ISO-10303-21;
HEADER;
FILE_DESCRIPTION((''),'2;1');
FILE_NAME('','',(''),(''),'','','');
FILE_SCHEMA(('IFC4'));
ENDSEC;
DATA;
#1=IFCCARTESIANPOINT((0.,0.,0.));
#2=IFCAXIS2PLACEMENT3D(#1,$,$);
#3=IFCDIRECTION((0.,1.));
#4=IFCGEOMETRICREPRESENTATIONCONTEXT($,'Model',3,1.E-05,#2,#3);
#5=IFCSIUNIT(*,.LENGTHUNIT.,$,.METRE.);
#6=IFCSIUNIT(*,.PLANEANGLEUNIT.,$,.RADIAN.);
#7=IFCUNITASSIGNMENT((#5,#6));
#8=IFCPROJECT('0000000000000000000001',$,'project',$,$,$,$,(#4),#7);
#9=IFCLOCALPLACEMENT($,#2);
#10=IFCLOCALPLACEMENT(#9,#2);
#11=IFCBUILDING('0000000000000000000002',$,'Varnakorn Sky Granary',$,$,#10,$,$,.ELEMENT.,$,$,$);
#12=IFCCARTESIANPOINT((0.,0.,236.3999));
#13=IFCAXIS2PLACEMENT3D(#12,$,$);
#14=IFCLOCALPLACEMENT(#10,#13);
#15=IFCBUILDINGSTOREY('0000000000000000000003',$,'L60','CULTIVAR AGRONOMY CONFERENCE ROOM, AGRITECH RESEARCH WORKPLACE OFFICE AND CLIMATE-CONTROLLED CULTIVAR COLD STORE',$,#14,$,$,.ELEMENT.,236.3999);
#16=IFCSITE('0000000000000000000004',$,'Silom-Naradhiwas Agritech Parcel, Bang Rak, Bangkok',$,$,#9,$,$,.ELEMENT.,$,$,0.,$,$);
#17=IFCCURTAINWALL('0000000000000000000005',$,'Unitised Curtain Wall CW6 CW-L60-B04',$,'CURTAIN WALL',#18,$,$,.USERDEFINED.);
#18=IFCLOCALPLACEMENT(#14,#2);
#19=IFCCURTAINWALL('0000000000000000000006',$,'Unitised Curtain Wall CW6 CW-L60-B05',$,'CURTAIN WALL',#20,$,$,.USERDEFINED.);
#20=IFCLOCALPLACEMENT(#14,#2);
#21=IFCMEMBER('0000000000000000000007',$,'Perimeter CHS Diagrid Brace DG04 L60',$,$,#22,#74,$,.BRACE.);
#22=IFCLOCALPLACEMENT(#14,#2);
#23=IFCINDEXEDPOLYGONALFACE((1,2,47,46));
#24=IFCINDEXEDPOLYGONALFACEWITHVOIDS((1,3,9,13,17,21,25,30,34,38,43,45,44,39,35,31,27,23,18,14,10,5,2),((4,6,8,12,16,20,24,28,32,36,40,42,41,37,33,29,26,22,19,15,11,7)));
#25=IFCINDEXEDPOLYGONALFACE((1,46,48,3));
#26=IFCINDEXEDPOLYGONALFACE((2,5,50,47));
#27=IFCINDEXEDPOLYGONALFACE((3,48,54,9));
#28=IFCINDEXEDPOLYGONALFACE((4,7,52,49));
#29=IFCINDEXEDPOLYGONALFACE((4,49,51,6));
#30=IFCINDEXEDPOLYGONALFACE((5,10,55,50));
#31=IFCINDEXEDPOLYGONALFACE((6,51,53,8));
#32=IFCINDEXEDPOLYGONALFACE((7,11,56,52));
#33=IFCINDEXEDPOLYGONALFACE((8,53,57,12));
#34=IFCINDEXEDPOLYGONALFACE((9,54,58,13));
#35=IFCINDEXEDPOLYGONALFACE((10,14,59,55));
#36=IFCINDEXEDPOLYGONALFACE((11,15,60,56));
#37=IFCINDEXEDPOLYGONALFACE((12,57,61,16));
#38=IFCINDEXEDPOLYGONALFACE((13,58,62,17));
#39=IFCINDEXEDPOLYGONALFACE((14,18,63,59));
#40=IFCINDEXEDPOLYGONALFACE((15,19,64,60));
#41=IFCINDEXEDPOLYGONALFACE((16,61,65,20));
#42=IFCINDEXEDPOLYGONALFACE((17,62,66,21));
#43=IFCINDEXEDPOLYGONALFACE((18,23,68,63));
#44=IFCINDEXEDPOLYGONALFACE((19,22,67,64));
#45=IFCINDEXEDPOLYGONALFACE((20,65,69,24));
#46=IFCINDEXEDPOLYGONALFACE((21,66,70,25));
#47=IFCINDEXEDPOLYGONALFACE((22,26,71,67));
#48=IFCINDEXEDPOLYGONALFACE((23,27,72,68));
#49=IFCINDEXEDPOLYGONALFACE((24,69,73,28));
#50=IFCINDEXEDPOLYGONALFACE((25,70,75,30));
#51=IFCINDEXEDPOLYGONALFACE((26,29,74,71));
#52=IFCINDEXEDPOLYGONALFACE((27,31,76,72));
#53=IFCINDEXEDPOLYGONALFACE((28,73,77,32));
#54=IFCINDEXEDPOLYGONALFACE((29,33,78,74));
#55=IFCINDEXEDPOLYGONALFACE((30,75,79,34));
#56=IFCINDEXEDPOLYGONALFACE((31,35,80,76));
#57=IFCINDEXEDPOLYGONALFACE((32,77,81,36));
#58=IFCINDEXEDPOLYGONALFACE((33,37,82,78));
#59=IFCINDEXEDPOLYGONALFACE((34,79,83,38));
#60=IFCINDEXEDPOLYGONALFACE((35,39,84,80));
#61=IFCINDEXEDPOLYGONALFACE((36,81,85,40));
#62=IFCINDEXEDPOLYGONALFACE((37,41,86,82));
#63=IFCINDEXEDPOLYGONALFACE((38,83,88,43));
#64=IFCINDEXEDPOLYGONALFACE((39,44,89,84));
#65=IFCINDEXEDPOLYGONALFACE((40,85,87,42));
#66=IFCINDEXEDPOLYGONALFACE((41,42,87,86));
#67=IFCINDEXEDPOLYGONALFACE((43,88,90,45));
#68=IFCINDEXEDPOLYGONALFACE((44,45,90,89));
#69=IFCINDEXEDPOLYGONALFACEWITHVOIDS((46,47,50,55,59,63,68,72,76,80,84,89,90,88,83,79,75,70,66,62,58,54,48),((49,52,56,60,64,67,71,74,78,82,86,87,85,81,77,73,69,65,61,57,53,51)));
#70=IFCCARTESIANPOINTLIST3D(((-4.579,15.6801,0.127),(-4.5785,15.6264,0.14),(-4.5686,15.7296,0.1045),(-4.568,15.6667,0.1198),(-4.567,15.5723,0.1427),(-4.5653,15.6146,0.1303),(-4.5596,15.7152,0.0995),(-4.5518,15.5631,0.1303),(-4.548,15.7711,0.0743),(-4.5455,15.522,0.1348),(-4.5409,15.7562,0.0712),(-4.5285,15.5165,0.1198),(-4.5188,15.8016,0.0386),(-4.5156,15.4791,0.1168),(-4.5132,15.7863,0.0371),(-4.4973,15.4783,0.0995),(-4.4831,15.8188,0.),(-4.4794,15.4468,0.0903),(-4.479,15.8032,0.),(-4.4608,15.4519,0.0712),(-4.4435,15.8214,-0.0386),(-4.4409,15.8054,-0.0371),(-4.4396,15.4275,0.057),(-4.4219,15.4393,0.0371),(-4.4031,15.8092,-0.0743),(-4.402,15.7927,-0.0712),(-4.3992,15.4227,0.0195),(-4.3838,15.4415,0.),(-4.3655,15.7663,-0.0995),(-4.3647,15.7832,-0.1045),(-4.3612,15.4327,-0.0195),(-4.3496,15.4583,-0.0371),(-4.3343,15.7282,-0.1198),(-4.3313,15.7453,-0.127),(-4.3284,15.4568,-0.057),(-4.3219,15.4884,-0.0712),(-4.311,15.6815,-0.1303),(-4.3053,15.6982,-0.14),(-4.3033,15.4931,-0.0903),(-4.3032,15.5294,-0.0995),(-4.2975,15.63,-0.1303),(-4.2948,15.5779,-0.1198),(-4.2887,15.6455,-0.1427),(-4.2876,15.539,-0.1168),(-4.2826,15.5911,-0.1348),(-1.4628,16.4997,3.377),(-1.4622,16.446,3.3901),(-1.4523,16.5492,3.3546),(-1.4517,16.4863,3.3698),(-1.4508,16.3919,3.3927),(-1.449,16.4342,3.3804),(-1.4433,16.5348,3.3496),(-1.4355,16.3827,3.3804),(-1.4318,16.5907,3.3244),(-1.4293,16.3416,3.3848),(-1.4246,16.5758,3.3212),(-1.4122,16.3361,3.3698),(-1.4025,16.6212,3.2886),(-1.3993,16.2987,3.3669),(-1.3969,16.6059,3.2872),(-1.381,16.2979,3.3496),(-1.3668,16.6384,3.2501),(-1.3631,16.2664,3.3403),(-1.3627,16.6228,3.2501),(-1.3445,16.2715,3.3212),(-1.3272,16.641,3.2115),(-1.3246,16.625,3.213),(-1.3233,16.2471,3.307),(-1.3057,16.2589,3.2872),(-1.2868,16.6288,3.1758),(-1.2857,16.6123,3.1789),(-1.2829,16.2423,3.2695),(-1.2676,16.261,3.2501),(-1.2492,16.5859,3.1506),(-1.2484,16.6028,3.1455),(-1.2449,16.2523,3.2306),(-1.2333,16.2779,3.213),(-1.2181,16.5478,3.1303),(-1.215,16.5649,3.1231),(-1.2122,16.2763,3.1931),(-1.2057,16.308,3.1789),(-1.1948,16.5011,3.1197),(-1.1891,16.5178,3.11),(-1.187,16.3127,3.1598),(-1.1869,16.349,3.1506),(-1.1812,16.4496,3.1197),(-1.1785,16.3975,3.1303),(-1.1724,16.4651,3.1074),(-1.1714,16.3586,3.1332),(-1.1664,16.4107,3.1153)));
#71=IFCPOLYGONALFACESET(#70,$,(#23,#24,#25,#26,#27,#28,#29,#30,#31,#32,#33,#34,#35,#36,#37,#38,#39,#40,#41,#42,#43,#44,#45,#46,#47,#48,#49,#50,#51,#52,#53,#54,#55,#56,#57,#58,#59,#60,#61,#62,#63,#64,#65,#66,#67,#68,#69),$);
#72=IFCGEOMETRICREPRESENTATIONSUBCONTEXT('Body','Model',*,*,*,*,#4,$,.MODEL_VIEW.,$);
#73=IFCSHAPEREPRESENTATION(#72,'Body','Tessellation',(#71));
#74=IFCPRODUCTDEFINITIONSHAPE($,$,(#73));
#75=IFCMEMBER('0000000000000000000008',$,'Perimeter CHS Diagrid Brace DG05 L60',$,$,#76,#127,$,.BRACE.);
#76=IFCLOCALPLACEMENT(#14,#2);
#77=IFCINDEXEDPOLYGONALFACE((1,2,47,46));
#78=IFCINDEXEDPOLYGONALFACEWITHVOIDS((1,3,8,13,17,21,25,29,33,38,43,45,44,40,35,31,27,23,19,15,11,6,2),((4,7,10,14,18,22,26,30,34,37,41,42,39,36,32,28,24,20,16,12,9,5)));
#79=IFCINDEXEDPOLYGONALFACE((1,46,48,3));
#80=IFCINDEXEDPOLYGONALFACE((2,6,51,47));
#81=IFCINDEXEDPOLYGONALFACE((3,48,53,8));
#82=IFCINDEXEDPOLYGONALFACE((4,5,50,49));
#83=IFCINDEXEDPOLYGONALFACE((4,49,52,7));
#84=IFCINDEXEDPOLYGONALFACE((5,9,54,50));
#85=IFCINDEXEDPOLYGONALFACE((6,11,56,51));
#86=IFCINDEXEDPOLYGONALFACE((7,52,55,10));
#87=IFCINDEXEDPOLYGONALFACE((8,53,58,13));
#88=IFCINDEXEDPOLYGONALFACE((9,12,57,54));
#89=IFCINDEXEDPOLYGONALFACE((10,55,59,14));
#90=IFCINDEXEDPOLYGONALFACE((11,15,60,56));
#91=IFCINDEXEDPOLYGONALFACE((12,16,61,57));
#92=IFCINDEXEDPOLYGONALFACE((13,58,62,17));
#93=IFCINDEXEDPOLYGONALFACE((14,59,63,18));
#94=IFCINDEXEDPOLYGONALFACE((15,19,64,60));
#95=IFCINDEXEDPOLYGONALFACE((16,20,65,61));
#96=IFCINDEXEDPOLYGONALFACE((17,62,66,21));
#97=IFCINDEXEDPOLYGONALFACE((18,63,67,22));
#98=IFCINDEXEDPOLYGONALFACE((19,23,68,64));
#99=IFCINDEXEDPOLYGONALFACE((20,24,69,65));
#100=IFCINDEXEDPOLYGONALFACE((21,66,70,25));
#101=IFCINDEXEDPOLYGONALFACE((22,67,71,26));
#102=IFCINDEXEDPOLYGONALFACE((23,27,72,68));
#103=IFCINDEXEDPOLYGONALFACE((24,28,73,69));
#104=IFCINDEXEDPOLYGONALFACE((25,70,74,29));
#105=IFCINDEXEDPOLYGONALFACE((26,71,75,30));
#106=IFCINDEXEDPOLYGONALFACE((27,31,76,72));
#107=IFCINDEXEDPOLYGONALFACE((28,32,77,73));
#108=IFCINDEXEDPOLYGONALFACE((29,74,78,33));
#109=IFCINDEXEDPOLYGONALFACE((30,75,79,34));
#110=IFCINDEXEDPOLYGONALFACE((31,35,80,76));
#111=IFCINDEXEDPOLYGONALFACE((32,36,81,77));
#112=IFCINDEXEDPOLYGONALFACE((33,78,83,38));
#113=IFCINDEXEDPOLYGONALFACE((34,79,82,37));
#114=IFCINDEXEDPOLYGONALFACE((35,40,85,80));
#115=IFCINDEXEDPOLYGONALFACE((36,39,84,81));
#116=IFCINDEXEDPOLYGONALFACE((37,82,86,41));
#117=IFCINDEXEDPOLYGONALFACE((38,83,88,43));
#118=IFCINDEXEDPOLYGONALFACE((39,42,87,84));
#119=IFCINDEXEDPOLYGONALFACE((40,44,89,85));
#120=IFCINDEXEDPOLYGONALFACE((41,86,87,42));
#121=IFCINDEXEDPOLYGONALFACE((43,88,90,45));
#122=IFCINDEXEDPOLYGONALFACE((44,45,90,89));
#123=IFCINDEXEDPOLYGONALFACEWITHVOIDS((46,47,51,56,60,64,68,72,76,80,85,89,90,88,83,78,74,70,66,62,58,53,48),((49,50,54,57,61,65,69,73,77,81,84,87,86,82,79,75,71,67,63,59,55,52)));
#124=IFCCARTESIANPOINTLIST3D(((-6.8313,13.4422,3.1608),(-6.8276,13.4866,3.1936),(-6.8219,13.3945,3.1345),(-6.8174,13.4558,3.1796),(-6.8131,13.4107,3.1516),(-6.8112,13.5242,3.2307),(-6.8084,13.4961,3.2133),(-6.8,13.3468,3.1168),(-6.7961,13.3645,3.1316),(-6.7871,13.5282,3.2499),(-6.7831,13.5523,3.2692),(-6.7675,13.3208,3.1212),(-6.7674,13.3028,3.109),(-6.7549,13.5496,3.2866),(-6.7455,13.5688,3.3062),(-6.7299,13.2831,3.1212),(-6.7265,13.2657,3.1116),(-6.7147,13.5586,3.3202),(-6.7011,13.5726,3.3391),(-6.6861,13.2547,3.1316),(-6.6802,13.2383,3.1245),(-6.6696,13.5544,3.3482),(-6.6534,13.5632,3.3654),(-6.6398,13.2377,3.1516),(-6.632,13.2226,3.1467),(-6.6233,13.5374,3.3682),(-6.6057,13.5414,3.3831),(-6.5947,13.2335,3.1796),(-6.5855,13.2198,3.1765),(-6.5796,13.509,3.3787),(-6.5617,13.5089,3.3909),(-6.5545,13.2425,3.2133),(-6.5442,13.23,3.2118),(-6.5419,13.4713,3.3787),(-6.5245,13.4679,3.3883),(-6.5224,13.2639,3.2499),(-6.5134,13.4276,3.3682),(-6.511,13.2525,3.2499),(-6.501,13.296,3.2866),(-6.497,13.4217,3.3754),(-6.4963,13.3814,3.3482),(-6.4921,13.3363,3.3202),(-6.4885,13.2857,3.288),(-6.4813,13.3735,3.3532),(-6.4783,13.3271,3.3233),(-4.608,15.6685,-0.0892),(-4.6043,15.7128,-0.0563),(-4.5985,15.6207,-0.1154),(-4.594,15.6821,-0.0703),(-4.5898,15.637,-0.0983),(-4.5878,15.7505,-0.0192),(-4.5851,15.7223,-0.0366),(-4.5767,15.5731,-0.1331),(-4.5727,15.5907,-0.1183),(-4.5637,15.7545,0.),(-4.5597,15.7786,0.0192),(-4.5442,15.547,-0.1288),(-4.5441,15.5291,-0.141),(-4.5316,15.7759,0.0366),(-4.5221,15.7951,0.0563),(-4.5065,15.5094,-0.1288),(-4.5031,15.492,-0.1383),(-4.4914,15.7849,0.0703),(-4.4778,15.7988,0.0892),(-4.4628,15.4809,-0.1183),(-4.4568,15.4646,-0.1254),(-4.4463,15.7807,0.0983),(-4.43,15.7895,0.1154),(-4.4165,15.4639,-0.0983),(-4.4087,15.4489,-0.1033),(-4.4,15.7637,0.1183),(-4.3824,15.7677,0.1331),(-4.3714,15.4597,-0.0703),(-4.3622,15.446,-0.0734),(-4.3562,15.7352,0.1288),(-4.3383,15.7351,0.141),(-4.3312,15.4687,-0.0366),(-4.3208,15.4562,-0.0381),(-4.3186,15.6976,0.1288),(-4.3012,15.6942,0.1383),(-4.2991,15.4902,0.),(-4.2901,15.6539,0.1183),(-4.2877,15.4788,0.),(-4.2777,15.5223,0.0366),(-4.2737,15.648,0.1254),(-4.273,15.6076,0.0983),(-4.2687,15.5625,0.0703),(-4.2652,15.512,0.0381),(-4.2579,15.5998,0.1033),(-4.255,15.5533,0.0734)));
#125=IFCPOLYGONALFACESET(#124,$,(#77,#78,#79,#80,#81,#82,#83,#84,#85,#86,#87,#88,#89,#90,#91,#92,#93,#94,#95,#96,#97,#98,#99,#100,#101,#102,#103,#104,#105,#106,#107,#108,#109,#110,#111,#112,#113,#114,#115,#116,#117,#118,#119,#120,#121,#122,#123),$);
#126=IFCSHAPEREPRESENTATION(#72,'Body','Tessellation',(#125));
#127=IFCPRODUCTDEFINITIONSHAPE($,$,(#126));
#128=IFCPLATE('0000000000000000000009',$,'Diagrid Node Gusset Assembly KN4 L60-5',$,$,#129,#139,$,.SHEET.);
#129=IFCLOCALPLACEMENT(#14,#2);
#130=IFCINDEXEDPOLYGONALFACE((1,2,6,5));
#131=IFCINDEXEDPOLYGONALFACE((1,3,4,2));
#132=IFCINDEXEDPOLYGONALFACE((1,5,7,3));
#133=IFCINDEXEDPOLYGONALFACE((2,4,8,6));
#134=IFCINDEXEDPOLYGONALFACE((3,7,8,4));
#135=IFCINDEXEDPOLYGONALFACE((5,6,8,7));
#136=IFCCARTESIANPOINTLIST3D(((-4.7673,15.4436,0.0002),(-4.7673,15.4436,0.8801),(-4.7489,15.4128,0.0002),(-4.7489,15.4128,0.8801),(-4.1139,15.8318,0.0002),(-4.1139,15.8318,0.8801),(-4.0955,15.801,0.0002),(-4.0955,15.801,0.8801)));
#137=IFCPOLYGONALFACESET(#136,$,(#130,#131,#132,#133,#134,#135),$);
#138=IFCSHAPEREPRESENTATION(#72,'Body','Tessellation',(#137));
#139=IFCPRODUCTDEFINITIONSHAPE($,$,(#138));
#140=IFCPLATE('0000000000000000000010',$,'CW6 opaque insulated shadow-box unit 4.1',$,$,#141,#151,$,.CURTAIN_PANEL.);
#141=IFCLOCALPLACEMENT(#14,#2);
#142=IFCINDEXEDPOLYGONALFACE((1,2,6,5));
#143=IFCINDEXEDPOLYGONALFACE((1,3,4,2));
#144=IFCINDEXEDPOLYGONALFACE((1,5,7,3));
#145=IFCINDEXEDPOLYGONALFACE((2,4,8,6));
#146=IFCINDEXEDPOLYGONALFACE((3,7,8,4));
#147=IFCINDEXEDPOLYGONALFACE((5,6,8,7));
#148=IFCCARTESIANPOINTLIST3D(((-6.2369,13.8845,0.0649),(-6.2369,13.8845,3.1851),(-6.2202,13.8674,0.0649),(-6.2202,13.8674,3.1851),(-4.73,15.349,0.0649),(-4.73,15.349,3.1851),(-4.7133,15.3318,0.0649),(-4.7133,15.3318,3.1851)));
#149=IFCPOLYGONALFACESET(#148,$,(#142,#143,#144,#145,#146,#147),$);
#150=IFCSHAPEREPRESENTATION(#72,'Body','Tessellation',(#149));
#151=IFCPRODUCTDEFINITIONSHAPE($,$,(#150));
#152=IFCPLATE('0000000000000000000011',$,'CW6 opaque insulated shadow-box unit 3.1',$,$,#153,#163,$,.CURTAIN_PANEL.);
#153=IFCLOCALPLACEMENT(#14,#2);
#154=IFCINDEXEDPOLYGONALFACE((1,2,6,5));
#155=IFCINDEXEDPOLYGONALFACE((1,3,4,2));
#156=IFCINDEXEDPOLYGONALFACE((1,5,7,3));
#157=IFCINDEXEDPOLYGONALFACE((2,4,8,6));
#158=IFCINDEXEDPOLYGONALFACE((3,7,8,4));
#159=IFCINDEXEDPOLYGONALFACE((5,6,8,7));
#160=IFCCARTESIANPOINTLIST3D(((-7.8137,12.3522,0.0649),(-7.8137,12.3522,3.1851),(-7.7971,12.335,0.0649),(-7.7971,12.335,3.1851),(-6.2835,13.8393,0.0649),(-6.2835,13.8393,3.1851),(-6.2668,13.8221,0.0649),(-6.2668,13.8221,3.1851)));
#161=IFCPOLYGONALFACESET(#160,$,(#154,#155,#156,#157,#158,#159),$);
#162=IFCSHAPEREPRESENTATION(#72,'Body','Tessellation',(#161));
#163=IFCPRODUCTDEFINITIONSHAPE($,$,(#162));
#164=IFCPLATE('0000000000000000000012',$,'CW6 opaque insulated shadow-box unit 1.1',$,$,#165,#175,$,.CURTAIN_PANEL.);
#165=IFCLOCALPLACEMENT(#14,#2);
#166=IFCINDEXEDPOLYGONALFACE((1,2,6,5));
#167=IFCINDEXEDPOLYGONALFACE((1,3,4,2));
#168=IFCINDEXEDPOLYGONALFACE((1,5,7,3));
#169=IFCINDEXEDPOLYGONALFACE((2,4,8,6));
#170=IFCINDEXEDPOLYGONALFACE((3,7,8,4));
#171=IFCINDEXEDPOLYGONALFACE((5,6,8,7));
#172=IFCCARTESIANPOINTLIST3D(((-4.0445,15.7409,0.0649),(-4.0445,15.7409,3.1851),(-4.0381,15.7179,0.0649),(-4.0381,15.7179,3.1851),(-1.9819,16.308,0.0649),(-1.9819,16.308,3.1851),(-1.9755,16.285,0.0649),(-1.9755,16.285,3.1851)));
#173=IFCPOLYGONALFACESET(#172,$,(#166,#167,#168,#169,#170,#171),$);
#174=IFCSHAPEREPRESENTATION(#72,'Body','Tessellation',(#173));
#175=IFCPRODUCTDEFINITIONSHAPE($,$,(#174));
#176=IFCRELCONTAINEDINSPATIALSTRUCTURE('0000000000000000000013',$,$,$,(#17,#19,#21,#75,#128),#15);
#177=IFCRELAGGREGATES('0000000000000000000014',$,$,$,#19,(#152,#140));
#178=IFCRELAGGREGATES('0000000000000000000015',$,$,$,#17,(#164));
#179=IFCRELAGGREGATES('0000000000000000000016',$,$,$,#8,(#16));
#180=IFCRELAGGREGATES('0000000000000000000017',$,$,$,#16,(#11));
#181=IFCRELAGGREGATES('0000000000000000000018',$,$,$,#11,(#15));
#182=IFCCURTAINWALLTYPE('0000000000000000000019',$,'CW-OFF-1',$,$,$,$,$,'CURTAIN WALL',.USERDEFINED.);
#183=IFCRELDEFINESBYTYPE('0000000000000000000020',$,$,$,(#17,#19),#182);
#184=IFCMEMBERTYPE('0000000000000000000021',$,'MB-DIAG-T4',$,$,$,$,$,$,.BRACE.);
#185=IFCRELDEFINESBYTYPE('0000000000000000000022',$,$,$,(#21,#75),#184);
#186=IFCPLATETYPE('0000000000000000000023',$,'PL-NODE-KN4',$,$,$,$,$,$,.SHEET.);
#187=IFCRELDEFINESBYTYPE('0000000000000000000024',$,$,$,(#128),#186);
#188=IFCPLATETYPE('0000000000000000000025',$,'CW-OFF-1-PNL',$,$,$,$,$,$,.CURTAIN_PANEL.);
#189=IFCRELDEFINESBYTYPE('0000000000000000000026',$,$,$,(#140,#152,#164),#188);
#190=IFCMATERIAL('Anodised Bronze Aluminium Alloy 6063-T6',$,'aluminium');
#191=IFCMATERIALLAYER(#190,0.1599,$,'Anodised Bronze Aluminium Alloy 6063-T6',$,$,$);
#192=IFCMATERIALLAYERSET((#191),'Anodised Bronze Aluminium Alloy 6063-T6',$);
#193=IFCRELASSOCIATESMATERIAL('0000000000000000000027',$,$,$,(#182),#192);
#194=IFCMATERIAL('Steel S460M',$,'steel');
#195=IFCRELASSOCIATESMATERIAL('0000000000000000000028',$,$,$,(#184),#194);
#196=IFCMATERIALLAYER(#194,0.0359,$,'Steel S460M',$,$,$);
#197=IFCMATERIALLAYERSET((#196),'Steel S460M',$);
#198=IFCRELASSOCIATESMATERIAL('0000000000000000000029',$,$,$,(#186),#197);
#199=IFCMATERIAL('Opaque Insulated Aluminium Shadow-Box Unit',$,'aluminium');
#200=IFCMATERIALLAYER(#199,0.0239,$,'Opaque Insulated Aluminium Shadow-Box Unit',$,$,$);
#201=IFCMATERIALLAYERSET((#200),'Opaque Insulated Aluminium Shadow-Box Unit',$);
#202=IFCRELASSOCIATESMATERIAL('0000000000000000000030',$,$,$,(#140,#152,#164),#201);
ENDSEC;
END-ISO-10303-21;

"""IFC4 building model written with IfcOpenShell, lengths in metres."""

from ifc_helpers import new_model, si_unit, direction, frame, origin, origin_2d, place, context, subcontext, project, spatial, rectangle, hollow_circle, extrude, source, transform, mapped, material, layer, layer_set, material_profile, profile_set, type_object, type_shapes, element, aggregate, save


model = new_model("IFC4")

# Units and contexts
model_context = context("Model", 3, precision=1e-05, world=origin(), true_north=direction((0.0, 1.0)))
body_context = subcontext(model_context, "Body", "Model", "MODEL_VIEW")
ifc_project = project(units=[si_unit("LENGTHUNIT", "METRE"), si_unit("PLANEANGLEUNIT", "RADIAN")], contexts=[model_context])

# Site, building, storey
site_placement = place(None, origin())
site = spatial("IfcSite", under=ifc_project, at=site_placement, Name="Silom-Naradhiwas Agritech Parcel, Bang Rak, Bangkok", CompositionType="ELEMENT", RefElevation=0.0)
building_placement = place(site_placement, origin())
building = spatial("IfcBuilding", under=site, at=building_placement, Name="Varnakorn Sky Granary", CompositionType="ELEMENT")
storey_placement = place(building_placement, frame((0.0, 0.0, 236.3999)))
storey = spatial("IfcBuildingStorey", under=building, at=storey_placement, Name="L60", Description="CULTIVAR AGRONOMY CONFERENCE ROOM, AGRITECH RESEARCH WORKPLACE OFFICE AND CLIMATE-CONTROLLED CULTIVAR COLD STORE", CompositionType="ELEMENT", Elevation=236.3999)

# Shared definitions
ifc_material_1 = material(Name="Steel S460M", Category="steel")

# Curtain wall
ifc_material_2 = material(Name="Anodised Bronze Aluminium Alloy 6063-T6", Category="aluminium")
ifc_layer_1 = layer(ifc_material_2, 0.1599, Name="Anodised Bronze Aluminium Alloy 6063-T6")
ifc_layer_set_1 = layer_set([ifc_layer_1], Name="Anodised Bronze Aluminium Alloy 6063-T6")
curtain_wall_type = type_object("IfcCurtainWallType", Name="CW-OFF-1", ElementType="CURTAIN WALL", PredefinedType="USERDEFINED", material=ifc_layer_set_1)
curtain_wall_1_placement = place(storey_placement, origin())
curtain_wall_1 = element("IfcCurtainWall", 1, at=curtain_wall_1_placement, inside=storey, type_object=curtain_wall_type, Name="Unitised Curtain Wall CW6 CW-L60-B04", ObjectType="CURTAIN WALL", PredefinedType="USERDEFINED")

# Curtain wall
curtain_wall_2_placement = place(storey_placement, origin())
curtain_wall_2 = element("IfcCurtainWall", 2, at=curtain_wall_2_placement, inside=storey, type_object=curtain_wall_type, Name="Unitised Curtain Wall CW6 CW-L60-B05", ObjectType="CURTAIN WALL", PredefinedType="USERDEFINED")

# Members
ifc_material_profile_1 = material_profile(ifc_material_1, hollow_circle(Radius=0.2031, WallThickness=0.0161, at=origin_2d()), Name="CHS 406.4x16")
ifc_profile_set_1 = profile_set([ifc_material_profile_1], Name="Steel S460M")
member_type_1 = type_object("IfcMemberType", Name="MB-DIAG-T4", PredefinedType="BRACE", material=ifc_profile_set_1)
member_1_placement = place(storey_placement, frame((-4.4314, 15.6223, 0.0), z_axis=(0.680906, 0.179082, 0.710139), x_axis=(-0.254355, 0.967111, 0.0)))
element("IfcMember", 3, at=member_1_placement, inside=storey, type_object=member_type_1, Name="Perimeter CHS Diagrid Brace DG04 L60", PredefinedType="BRACE", context=body_context, shape_type="SweptSolid", body=[
    extrude(hollow_circle(Radius=0.2031, WallThickness=0.0161, at=origin_2d()), origin(), (0.0, 0.0, 1.0), 4.5767),
])
member_2_placement = place(storey_placement, frame((-4.4314, 15.6223, 0.0), z_axis=(-0.491515, -0.492162, 0.718463), x_axis=(0.707572, -0.706641, 0.0)))
element("IfcMember", 4, at=member_2_placement, inside=storey, type_object=member_type_1, Name="Perimeter CHS Diagrid Brace DG05 L60", PredefinedType="BRACE", context=body_context, shape_type="SweptSolid", body=[
    extrude(hollow_circle(Radius=0.2031, WallThickness=0.0161, at=origin_2d()), origin(), (0.0, 0.0, 1.0), 4.5234),
])

# Plates
ifc_layer_2 = layer(ifc_material_1, 0.0359, Name="Steel S460M")
ifc_layer_set_2 = layer_set([ifc_layer_2], Name="Steel S460M")
plate_type_1 = type_object("IfcPlateType", Name="PL-NODE-KN4", PredefinedType="SHEET", material=ifc_layer_set_2)
plate_1_placement = place(storey_placement, frame((-4.4314, 15.6223, 0.0002), z_axis=(0.0, 0.0, 1.0), x_axis=(-0.859714, -0.510775, 0.0)))
element("IfcPlate", 5, at=plate_1_placement, inside=storey, type_object=plate_type_1, Name="Diagrid Node Gusset Assembly KN4 L60-5", PredefinedType="SHEET", context=body_context, shape_type="SweptSolid", body=[
    extrude(rectangle(XDim=0.76, YDim=0.0359, at=origin_2d()), origin(), (0.0, 0.0, 1.0), 0.8799),
])
ifc_material_3 = material(Name="Opaque Insulated Aluminium Shadow-Box Unit", Category="aluminium")
ifc_layer_3 = layer(ifc_material_3, 0.0239, Name="Opaque Insulated Aluminium Shadow-Box Unit")
ifc_layer_set_3 = layer_set([ifc_layer_3], Name="Opaque Insulated Aluminium Shadow-Box Unit")
plate_type_2 = type_object("IfcPlateType", Name="CW-OFF-1-PNL", PredefinedType="CURTAIN_PANEL")
shared_shape_1 = source(origin(), body_context, "Body", "SweptSolid", [
    extrude(rectangle(XDim=2.1013, YDim=0.0239, at=origin_2d()), origin(), (0.0, 0.0, 1.0), 3.1201),
])
plate_2_placement = place(storey_placement, frame((-5.4751, 14.6082, 0.0649), z_axis=(0.0, 0.0, 1.0), x_axis=(0.717154, 0.696915, 0.0)))
plate_2 = element("IfcPlate", 6, at=plate_2_placement, type_object=plate_type_2, material=ifc_layer_set_3, Name="CW6 opaque insulated shadow-box unit 4.1", PredefinedType="CURTAIN_PANEL", context=body_context, shape_type="MappedRepresentation", body=[
    mapped(shared_shape_1, transform((0.0, 0.0, 0.0), x_axis=(1.0, 0.0, 0.0), y_axis=(0.0, 1.0, 0.0), z_axis=(0.0, 0.0, 1.0), scale=1.0)),
])
shared_shape_2 = source(origin(), body_context, "Body", "SweptSolid", [
    extrude(rectangle(XDim=2.1338, YDim=0.0239, at=origin_2d()), origin(), (0.0, 0.0, 1.0), 3.1201),
])
plate_3_placement = place(storey_placement, frame((-7.0403, 13.0872, 0.0649), z_axis=(0.0, 0.0, 1.0), x_axis=(0.717154, 0.696915, 0.0)))
plate_3 = element("IfcPlate", 7, at=plate_3_placement, type_object=plate_type_2, material=ifc_layer_set_3, Name="CW6 opaque insulated shadow-box unit 3.1", PredefinedType="CURTAIN_PANEL", context=body_context, shape_type="MappedRepresentation", body=[
    mapped(shared_shape_2, transform((0.0, 0.0, 0.0), x_axis=(1.0, 0.0, 0.0), y_axis=(0.0, 1.0, 0.0), z_axis=(0.0, 0.0, 1.0), scale=1.0)),
])
aggregate(curtain_wall_2, [plate_3, plate_2])
shared_shape_3 = source(origin(), body_context, "Body", "SweptSolid", [
    extrude(rectangle(XDim=2.1392, YDim=0.0239, at=origin_2d()), origin(), (0.0, 0.0, 1.0), 3.1201),
])
type_shapes(plate_type_2, [shared_shape_1, shared_shape_2, shared_shape_3])
plate_4_placement = place(storey_placement, frame((-3.01, 16.0129, 0.0649), z_axis=(0.0, 0.0, 1.0), x_axis=(0.964221, 0.2651, 0.0)))
plate_4 = element("IfcPlate", 8, at=plate_4_placement, type_object=plate_type_2, material=ifc_layer_set_3, Name="CW6 opaque insulated shadow-box unit 1.1", PredefinedType="CURTAIN_PANEL", context=body_context, shape_type="MappedRepresentation", body=[
    mapped(shared_shape_3, transform((0.0, 0.0, 0.0), x_axis=(1.0, 0.0, 0.0), y_axis=(0.0, 1.0, 0.0), z_axis=(0.0, 0.0, 1.0), scale=1.0)),
])
aggregate(curtain_wall_1, [plate_4])

save(model, "model.ifc")
